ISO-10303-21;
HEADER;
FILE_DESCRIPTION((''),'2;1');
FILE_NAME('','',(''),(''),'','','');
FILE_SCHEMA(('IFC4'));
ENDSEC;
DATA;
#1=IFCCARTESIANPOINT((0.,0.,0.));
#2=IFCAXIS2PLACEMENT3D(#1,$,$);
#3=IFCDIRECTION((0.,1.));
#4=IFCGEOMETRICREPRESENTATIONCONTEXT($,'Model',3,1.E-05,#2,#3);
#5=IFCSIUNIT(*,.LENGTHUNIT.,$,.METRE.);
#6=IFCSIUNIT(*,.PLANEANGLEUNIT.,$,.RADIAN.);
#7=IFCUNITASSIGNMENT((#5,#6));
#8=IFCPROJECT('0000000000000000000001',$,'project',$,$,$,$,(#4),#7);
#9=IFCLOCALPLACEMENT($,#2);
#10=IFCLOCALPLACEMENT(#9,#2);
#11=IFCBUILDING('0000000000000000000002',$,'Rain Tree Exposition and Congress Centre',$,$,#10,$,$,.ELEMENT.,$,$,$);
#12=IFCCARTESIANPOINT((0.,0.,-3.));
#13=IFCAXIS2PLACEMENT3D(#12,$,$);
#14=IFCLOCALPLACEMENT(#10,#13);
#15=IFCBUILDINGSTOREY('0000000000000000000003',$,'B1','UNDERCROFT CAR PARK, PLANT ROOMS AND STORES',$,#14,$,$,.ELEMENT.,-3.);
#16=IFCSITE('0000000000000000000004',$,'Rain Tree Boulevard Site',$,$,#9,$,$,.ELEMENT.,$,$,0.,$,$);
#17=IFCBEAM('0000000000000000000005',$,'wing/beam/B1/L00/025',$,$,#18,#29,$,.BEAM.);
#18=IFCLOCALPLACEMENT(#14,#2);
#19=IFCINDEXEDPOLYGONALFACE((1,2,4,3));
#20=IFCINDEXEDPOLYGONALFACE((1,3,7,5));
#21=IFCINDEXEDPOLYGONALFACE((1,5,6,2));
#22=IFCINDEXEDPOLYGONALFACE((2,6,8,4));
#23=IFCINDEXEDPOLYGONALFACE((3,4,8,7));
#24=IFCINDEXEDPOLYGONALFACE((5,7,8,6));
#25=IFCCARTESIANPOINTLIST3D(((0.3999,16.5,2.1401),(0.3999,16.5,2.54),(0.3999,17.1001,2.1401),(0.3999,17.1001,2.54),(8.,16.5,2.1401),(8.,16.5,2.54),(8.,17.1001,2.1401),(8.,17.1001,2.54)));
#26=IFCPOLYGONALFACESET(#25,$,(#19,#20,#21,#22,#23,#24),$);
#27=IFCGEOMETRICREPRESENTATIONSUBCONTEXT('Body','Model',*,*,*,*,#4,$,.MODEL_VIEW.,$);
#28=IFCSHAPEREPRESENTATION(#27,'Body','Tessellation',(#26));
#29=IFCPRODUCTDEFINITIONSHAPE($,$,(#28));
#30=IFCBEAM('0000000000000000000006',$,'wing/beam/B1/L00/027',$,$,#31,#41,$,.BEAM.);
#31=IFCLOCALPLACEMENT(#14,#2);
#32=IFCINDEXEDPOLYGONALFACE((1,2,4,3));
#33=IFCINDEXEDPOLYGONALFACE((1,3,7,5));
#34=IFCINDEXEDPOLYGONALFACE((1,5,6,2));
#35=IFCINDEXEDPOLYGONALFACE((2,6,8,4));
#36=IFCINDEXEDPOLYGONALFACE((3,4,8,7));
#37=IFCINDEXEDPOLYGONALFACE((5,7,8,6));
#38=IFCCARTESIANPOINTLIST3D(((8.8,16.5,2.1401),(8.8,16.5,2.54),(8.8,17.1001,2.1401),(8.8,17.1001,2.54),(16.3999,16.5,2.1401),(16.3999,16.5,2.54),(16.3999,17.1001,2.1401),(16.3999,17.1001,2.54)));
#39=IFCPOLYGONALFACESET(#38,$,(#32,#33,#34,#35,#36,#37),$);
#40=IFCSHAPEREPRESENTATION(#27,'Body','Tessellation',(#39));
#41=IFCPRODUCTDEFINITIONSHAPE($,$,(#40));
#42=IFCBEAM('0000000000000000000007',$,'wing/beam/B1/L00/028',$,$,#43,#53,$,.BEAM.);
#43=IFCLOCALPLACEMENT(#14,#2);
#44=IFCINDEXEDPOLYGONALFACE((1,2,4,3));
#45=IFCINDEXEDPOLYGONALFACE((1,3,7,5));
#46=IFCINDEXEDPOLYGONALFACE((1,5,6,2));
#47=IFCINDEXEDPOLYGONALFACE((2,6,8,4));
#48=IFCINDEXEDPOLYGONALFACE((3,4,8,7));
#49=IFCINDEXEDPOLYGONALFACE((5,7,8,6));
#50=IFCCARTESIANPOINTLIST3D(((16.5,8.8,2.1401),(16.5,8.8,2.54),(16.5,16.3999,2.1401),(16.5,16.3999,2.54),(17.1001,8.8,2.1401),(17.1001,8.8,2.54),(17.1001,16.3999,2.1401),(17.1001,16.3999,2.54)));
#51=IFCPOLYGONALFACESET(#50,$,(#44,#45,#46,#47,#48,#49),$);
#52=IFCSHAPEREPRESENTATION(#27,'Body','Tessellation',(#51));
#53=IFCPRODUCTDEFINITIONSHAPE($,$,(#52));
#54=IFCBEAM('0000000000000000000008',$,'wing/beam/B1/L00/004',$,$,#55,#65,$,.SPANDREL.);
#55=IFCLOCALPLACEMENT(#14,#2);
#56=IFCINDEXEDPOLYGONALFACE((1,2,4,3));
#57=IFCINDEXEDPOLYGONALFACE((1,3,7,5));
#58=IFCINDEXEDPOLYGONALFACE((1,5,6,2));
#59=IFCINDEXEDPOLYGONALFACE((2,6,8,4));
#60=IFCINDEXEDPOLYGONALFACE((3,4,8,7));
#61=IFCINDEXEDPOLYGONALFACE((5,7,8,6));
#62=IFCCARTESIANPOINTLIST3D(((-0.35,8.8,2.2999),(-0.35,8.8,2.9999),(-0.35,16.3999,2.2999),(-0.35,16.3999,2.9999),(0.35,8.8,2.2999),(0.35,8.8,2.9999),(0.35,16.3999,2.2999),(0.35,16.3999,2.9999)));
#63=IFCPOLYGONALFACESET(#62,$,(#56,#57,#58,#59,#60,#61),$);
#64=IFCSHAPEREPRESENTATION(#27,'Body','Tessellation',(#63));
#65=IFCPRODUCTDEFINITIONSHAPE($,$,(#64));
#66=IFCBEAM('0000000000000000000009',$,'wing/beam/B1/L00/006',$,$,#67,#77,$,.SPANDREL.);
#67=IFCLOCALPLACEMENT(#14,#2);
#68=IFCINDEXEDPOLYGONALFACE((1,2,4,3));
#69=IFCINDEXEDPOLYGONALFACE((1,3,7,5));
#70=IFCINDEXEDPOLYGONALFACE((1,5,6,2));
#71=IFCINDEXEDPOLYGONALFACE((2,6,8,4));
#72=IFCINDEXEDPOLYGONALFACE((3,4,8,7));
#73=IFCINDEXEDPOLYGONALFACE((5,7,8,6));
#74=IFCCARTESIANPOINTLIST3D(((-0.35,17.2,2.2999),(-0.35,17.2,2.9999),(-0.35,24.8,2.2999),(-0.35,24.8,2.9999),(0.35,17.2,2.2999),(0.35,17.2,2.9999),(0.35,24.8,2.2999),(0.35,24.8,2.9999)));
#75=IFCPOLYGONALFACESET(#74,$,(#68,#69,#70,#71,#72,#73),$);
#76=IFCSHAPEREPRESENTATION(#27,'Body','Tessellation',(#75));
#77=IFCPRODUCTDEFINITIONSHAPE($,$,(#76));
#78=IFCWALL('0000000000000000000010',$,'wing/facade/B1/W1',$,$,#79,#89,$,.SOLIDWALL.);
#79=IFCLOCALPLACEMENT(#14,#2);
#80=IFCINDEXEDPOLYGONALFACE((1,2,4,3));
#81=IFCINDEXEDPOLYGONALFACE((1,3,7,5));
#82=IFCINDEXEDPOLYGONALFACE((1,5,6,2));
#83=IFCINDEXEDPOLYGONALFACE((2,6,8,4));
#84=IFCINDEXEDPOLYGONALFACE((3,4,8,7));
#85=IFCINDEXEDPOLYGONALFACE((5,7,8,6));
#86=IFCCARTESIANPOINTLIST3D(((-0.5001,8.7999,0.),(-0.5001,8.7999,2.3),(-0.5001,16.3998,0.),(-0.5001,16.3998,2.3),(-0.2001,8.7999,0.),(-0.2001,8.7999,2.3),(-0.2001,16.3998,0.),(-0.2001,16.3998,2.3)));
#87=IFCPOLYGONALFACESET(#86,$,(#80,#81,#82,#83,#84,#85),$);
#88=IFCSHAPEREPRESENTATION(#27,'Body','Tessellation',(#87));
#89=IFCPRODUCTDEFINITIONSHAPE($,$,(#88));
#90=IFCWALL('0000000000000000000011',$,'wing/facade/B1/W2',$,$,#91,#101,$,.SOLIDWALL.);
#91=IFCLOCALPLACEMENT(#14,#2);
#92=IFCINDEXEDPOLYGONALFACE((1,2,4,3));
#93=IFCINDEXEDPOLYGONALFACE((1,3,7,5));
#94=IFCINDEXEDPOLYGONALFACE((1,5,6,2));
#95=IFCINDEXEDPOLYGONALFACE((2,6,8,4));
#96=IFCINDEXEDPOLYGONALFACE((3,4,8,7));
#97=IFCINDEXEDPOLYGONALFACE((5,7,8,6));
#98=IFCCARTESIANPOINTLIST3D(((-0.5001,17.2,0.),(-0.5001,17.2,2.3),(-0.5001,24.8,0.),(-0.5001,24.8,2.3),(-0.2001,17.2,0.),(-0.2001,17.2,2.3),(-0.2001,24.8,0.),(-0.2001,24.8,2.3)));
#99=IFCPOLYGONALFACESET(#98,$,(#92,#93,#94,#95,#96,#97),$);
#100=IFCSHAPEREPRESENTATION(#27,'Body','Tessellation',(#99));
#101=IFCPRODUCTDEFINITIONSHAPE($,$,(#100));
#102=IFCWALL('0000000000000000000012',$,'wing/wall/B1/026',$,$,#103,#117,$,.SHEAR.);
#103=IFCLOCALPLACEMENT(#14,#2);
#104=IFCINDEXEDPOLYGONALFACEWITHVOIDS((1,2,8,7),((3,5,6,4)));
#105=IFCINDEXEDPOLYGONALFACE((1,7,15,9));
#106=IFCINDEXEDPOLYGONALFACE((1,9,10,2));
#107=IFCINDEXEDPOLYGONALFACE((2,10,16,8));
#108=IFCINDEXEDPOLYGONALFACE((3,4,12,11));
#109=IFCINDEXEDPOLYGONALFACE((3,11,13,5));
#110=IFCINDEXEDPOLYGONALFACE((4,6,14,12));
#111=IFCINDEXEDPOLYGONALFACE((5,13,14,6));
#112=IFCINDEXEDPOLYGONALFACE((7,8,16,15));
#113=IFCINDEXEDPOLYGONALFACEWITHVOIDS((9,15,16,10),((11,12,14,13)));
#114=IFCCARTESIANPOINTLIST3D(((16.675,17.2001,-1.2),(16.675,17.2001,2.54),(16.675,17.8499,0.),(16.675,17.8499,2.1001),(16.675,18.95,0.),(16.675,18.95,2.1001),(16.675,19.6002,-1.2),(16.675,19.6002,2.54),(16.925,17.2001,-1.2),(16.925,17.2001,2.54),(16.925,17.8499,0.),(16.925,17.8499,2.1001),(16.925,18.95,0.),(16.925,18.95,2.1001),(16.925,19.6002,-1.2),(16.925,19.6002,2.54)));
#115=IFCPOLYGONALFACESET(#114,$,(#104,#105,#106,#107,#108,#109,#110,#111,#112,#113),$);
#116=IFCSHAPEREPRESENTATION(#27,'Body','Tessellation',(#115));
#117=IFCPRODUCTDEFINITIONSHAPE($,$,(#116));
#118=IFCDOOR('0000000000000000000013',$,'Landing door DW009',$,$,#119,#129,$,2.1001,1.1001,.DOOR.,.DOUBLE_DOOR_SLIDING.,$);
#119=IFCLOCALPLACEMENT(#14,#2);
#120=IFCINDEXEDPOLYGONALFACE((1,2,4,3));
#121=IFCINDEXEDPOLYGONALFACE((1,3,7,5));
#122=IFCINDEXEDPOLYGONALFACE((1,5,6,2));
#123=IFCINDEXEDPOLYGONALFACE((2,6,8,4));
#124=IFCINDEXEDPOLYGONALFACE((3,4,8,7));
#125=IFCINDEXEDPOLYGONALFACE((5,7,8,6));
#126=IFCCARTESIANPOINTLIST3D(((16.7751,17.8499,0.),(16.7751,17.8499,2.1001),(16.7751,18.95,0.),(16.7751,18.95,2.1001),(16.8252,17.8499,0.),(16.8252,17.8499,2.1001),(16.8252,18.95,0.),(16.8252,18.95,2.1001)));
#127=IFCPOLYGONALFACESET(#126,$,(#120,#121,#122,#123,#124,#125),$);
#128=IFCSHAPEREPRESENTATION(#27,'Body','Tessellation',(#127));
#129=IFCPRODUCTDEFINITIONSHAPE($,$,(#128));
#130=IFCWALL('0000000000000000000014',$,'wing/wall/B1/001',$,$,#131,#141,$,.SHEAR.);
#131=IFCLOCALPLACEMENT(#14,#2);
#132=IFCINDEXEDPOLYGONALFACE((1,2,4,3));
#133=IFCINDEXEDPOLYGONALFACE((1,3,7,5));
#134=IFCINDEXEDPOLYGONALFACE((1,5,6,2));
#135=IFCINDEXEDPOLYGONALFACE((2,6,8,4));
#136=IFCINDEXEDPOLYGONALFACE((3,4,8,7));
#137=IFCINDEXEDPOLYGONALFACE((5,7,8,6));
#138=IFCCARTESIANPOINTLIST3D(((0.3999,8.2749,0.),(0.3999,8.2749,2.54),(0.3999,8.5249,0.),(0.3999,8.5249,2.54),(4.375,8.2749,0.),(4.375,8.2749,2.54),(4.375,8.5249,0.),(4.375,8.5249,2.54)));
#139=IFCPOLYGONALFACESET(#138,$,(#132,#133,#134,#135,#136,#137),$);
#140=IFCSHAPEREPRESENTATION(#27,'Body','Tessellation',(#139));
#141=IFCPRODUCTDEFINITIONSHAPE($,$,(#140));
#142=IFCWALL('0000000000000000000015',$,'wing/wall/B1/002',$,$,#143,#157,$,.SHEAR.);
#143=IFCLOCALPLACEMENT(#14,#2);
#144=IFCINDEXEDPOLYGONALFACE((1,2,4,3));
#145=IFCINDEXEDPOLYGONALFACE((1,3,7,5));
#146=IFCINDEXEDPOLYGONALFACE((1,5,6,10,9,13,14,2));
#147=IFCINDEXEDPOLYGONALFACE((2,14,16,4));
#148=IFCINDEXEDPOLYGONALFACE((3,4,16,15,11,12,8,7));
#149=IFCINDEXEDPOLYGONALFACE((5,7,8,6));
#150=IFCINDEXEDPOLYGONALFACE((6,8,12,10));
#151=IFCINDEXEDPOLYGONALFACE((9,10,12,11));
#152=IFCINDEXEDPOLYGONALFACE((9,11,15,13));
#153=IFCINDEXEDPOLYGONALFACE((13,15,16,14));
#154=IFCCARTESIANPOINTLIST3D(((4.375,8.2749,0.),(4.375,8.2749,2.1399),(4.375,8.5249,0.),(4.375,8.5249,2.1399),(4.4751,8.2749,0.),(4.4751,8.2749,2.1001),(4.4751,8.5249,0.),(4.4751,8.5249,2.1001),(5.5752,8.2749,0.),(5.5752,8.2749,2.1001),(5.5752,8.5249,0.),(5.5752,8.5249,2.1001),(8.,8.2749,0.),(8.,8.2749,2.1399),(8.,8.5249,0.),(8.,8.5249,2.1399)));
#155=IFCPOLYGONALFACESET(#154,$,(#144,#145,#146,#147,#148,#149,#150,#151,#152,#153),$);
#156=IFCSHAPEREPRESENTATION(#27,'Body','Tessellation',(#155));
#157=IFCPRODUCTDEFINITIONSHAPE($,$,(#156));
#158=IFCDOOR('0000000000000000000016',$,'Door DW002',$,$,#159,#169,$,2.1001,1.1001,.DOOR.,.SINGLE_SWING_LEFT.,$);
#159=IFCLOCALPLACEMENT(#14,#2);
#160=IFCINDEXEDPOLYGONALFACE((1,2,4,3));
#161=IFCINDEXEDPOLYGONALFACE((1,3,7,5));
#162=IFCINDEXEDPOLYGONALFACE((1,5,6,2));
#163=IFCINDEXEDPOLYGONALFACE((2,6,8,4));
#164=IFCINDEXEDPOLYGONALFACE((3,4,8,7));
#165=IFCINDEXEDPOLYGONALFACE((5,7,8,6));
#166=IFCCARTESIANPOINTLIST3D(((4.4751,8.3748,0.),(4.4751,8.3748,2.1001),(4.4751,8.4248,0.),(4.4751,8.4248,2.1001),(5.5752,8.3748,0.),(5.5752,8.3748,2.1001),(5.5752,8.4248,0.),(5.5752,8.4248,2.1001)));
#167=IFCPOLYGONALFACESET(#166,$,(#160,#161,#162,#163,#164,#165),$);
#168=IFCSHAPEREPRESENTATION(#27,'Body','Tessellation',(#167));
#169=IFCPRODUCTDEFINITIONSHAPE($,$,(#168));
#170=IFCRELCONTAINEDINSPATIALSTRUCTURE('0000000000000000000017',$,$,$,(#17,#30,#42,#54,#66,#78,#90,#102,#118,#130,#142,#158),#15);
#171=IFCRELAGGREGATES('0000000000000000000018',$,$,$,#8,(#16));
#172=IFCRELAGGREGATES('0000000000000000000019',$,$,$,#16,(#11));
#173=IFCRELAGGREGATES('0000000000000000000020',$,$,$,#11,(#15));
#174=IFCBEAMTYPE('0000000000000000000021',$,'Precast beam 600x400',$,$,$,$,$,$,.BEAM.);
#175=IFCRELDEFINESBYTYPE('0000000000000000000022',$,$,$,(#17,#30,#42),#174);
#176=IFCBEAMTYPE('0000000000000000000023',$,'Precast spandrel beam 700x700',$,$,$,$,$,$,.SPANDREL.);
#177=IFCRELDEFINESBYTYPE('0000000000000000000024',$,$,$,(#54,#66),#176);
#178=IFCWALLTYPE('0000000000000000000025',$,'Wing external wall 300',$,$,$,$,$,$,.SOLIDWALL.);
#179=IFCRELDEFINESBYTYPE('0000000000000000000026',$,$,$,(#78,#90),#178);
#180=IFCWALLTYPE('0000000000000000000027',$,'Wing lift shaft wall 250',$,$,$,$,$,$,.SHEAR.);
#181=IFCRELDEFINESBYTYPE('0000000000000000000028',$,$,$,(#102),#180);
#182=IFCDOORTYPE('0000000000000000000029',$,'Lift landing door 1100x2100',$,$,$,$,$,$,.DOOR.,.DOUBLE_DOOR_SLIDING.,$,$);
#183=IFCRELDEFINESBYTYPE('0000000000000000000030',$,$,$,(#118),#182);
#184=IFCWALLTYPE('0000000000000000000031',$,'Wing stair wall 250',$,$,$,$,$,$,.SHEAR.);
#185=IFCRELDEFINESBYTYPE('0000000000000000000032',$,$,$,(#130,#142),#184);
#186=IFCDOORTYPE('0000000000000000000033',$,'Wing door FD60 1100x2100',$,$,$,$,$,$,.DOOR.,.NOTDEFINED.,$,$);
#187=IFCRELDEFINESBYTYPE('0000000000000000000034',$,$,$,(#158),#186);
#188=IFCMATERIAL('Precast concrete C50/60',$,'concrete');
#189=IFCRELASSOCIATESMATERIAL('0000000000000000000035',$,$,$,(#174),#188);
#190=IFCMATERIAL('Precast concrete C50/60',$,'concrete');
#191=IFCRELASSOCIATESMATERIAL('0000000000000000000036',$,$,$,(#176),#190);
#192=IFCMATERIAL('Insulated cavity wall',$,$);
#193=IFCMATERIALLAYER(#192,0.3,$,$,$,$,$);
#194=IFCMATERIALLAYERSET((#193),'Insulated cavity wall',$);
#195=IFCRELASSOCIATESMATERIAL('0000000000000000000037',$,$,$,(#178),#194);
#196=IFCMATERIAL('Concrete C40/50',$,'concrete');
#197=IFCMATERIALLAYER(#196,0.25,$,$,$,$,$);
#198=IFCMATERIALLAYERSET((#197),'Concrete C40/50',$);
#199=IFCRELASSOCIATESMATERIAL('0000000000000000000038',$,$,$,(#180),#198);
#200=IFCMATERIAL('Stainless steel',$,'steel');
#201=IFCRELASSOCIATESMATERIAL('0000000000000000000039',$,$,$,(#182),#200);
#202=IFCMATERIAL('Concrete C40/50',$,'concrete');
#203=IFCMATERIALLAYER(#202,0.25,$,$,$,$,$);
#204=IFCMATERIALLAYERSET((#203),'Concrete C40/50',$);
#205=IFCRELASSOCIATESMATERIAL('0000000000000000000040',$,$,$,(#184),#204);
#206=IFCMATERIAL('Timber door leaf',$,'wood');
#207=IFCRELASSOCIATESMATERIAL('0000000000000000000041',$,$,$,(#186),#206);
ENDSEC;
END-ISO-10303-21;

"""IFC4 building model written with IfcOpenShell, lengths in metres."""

from ifc_helpers import new_model, si_unit, direction, frame, frame_2d, origin, origin_2d, place, context, subcontext, project, spatial, rectangle, extrude, material, layer, layer_set, material_profile, profile_set, type_object, element, fill, save


model = new_model("IFC4")

# Units and contexts
model_context = context("Model", 3, precision=1e-05, world=origin(), true_north=direction((0.0, 1.0)))
body_context = subcontext(model_context, "Body", "Model", "MODEL_VIEW")
ifc_project = project(units=[si_unit("LENGTHUNIT", "METRE"), si_unit("PLANEANGLEUNIT", "RADIAN")], contexts=[model_context])

# Site, building, storey
site_placement = place(None, origin())
site = spatial("IfcSite", under=ifc_project, at=site_placement, Name="Rain Tree Boulevard Site", CompositionType="ELEMENT", RefElevation=0.0)
building_placement = place(site_placement, origin())
building = spatial("IfcBuilding", under=site, at=building_placement, Name="Rain Tree Exposition and Congress Centre", CompositionType="ELEMENT")
storey_placement = place(building_placement, frame((0.0, 0.0, -3.0)))
storey = spatial("IfcBuildingStorey", under=building, at=storey_placement, Name="B1", Description="UNDERCROFT CAR PARK, PLANT ROOMS AND STORES", CompositionType="ELEMENT", Elevation=-3.0)

# Beams
ifc_material_1 = material(Name="Precast concrete C50/60", Category="concrete")
ifc_material_profile_1 = material_profile(ifc_material_1, rectangle(XDim=0.6001, YDim=0.3999, at=origin_2d()), Name="RC 600x400")
ifc_profile_set_1 = profile_set([ifc_material_profile_1], Name="Precast concrete C50/60")
beam_type_1 = type_object("IfcBeamType", Name="Precast beam 600x400", PredefinedType="BEAM", material=ifc_profile_set_1)
for number, where, z_axis, x_axis, name in (
    (1, (0.3999, 16.8, 2.3401), (1.0, 0.0, 0.0), (0.0, 1.0, 0.0), "wing/beam/B1/L00/025"),
):
    element("IfcBeam", number, at=place(storey_placement, frame(where, z_axis=z_axis, x_axis=x_axis)), inside=storey, type_object=beam_type_1, Name=name, PredefinedType="BEAM", context=body_context, shape_type="SweptSolid", body=[
        extrude(rectangle(XDim=0.6001, YDim=0.3999, at=origin_2d()), origin(), (0.0, 0.0, 1.0), 7.6001),
    ])
for number, where, z_axis, x_axis, name in (
    (2, (8.8, 16.8, 2.3401), (1.0, 0.0, 0.0), (0.0, 1.0, 0.0), "wing/beam/B1/L00/027"),
    (3, (16.8, 8.8, 2.3401), (0.0, 1.0, 0.0), (-1.0, 0.0, 0.0), "wing/beam/B1/L00/028"),
):
    element("IfcBeam", number, at=place(storey_placement, frame(where, z_axis=z_axis, x_axis=x_axis)), inside=storey, type_object=beam_type_1, Name=name, PredefinedType="BEAM", context=body_context, shape_type="SweptSolid", body=[
        extrude(rectangle(XDim=0.6001, YDim=0.3999, at=origin_2d()), origin(), (0.0, 0.0, 1.0), 7.5999),
    ])
ifc_material_2 = material(Name="Precast concrete C50/60", Category="concrete")
ifc_material_profile_2 = material_profile(ifc_material_2, rectangle(XDim=0.7, YDim=0.7, at=origin_2d()), Name="RC 700x700")
ifc_profile_set_2 = profile_set([ifc_material_profile_2], Name="Precast concrete C50/60")
beam_type_2 = type_object("IfcBeamType", Name="Precast spandrel beam 700x700", PredefinedType="SPANDREL", material=ifc_profile_set_2)
beam_1_placement = place(storey_placement, frame((0.0, 8.8, 2.6499), z_axis=(0.0, 1.0, 0.0), x_axis=(-1.0, 0.0, 0.0)))
element("IfcBeam", 4, at=beam_1_placement, inside=storey, type_object=beam_type_2, Name="wing/beam/B1/L00/004", PredefinedType="SPANDREL", context=body_context, shape_type="SweptSolid", body=[
    extrude(rectangle(XDim=0.7, YDim=0.7, at=origin_2d()), origin(), (0.0, 0.0, 1.0), 7.5999),
])
beam_2_placement = place(storey_placement, frame((0.0, 17.2, 2.6499), z_axis=(0.0, 1.0, 0.0), x_axis=(-1.0, 0.0, 0.0)))
element("IfcBeam", 5, at=beam_2_placement, inside=storey, type_object=beam_type_2, Name="wing/beam/B1/L00/006", PredefinedType="SPANDREL", context=body_context, shape_type="SweptSolid", body=[
    extrude(rectangle(XDim=0.7, YDim=0.7, at=origin_2d()), origin(), (0.0, 0.0, 1.0), 7.6001),
])

# Walls
ifc_material_3 = material(Name="Insulated cavity wall")
ifc_layer_1 = layer(ifc_material_3, 0.3)
ifc_layer_set_1 = layer_set([ifc_layer_1], Name="Insulated cavity wall")
wall_type_1 = type_object("IfcWallType", Name="Wing external wall 300", PredefinedType="SOLIDWALL", material=ifc_layer_set_1)
wall_1_placement = place(storey_placement, frame((-0.3501, 8.8, 0.0), z_axis=(0.0, 0.0, 1.0), x_axis=(0.0, 1.0, 0.0)))
element("IfcWall", 6, at=wall_1_placement, inside=storey, type_object=wall_type_1, Name="wing/facade/B1/W1", PredefinedType="SOLIDWALL", context=body_context, shape_type="SweptSolid", body=[
    extrude(rectangle(XDim=7.5999, YDim=0.3, at=frame_2d((3.7998, 0.0))), origin(), (0.0, 0.0, 1.0), 2.3),
])
wall_2_placement = place(storey_placement, frame((-0.3501, 17.2, 0.0), z_axis=(0.0, 0.0, 1.0), x_axis=(0.0, 1.0, 0.0)))
element("IfcWall", 7, at=wall_2_placement, inside=storey, type_object=wall_type_1, Name="wing/facade/B1/W2", PredefinedType="SOLIDWALL", context=body_context, shape_type="SweptSolid", body=[
    extrude(rectangle(XDim=7.6001, YDim=0.3, at=frame_2d((3.8, 0.0))), origin(), (0.0, 0.0, 1.0), 2.3),
])

# Wall, opening, door
ifc_material_4 = material(Name="Concrete C40/50", Category="concrete")
ifc_layer_2 = layer(ifc_material_4, 0.25)
ifc_layer_set_2 = layer_set([ifc_layer_2], Name="Concrete C40/50")
wall_type_2 = type_object("IfcWallType", Name="Wing lift shaft wall 250", PredefinedType="SHEAR", material=ifc_layer_set_2)
wall_3_placement = place(storey_placement, frame((16.8, 17.2, -1.2), z_axis=(0.0, 0.0, 1.0), x_axis=(0.0, 1.0, 0.0)))
wall_3 = element("IfcWall", 8, at=wall_3_placement, inside=storey, type_object=wall_type_2, Name="wing/wall/B1/026", PredefinedType="SHEAR", context=body_context, shape_type="SweptSolid", body=[
    extrude(rectangle(XDim=2.4001, YDim=0.25, at=frame_2d((1.2002, 0.0))), origin(), (0.0, 0.0, 1.0), 3.74),
])
opening_1_placement = place(wall_3_placement, frame((0.6499, 0.0, 1.2)))
opening_1 = element("IfcOpeningElement", 9, at=opening_1_placement, cuts=wall_3, PredefinedType="OPENING", context=body_context, shape_type="SweptSolid", body=[
    extrude(rectangle(XDim=1.1001, YDim=2.1001, at=frame_2d((0.55, 1.05))), frame((0.0, 0.125, 0.0), z_axis=(0.0, -1.0, 0.0), x_axis=(1.0, 0.0, 0.0)), (0.0, 0.0, 1.0), 0.25),
])
ifc_material_5 = material(Name="Stainless steel", Category="steel")
door_type_1 = type_object("IfcDoorType", Name="Lift landing door 1100x2100", OperationType="DOUBLE_DOOR_SLIDING", PredefinedType="DOOR", material=ifc_material_5)
door_1_placement = place(opening_1_placement, origin())
door_1 = element("IfcDoor", 10, at=door_1_placement, inside=storey, type_object=door_type_1, Name="Landing door DW009", OperationType="DOUBLE_DOOR_SLIDING", OverallHeight=2.1001, OverallWidth=1.1001, PredefinedType="DOOR", context=body_context, shape_type="SweptSolid", body=[
    extrude(rectangle(XDim=1.1001, YDim=2.1001, at=frame_2d((0.55, 1.05))), frame((0.0, 0.0249, 0.0), z_axis=(0.0, -1.0, 0.0), x_axis=(1.0, 0.0, 0.0)), (0.0, 0.0, 1.0), 0.05),
])
fill(opening_1, door_1)

# Wall
ifc_material_6 = material(Name="Concrete C40/50", Category="concrete")
ifc_layer_3 = layer(ifc_material_6, 0.25)
ifc_layer_set_3 = layer_set([ifc_layer_3], Name="Concrete C40/50")
wall_type_3 = type_object("IfcWallType", Name="Wing stair wall 250", PredefinedType="SHEAR", material=ifc_layer_set_3)
wall_4_placement = place(storey_placement, frame((0.3999, 8.3999, 0.0), z_axis=(0.0, 0.0, 1.0), x_axis=(1.0, 0.0, 0.0)))
element("IfcWall", 11, at=wall_4_placement, inside=storey, type_object=wall_type_3, Name="wing/wall/B1/001", PredefinedType="SHEAR", context=body_context, shape_type="SweptSolid", body=[
    extrude(rectangle(XDim=3.9751, YDim=0.25, at=frame_2d((1.9875, 0.0))), origin(), (0.0, 0.0, 1.0), 2.54),
])

# Wall, opening, door
wall_5_placement = place(storey_placement, frame((4.375, 8.3999, 0.0), z_axis=(0.0, 0.0, 1.0), x_axis=(1.0, 0.0, 0.0)))
wall_5 = element("IfcWall", 12, at=wall_5_placement, inside=storey, type_object=wall_type_3, Name="wing/wall/B1/002", PredefinedType="SHEAR", context=body_context, shape_type="SweptSolid", body=[
    extrude(rectangle(XDim=3.625, YDim=0.25, at=frame_2d((1.8125, 0.0))), origin(), (0.0, 0.0, 1.0), 2.1399),
])
opening_2_placement = place(wall_5_placement, frame((0.1001, 0.0, 0.0)))
opening_2 = element("IfcOpeningElement", 13, at=opening_2_placement, cuts=wall_5, PredefinedType="OPENING", context=body_context, shape_type="SweptSolid", body=[
    extrude(rectangle(XDim=1.1001, YDim=2.1001, at=frame_2d((0.55, 1.05))), frame((0.0, 0.125, 0.0), z_axis=(0.0, -1.0, 0.0), x_axis=(1.0, 0.0, 0.0)), (0.0, 0.0, 1.0), 0.25),
])
ifc_material_7 = material(Name="Timber door leaf", Category="wood")
door_type_2 = type_object("IfcDoorType", Name="Wing door FD60 1100x2100", OperationType="NOTDEFINED", PredefinedType="DOOR", material=ifc_material_7)
door_2_placement = place(opening_2_placement, origin())
door_2 = element("IfcDoor", 14, at=door_2_placement, inside=storey, type_object=door_type_2, Name="Door DW002", OperationType="SINGLE_SWING_LEFT", OverallHeight=2.1001, OverallWidth=1.1001, PredefinedType="DOOR", context=body_context, shape_type="SweptSolid", body=[
    extrude(rectangle(XDim=1.1001, YDim=2.1001, at=frame_2d((0.55, 1.05))), frame((0.0, 0.0249, 0.0), z_axis=(0.0, -1.0, 0.0), x_axis=(1.0, 0.0, 0.0)), (0.0, 0.0, 1.0), 0.05),
])
fill(opening_2, door_2)

save(model, "model.ifc")
